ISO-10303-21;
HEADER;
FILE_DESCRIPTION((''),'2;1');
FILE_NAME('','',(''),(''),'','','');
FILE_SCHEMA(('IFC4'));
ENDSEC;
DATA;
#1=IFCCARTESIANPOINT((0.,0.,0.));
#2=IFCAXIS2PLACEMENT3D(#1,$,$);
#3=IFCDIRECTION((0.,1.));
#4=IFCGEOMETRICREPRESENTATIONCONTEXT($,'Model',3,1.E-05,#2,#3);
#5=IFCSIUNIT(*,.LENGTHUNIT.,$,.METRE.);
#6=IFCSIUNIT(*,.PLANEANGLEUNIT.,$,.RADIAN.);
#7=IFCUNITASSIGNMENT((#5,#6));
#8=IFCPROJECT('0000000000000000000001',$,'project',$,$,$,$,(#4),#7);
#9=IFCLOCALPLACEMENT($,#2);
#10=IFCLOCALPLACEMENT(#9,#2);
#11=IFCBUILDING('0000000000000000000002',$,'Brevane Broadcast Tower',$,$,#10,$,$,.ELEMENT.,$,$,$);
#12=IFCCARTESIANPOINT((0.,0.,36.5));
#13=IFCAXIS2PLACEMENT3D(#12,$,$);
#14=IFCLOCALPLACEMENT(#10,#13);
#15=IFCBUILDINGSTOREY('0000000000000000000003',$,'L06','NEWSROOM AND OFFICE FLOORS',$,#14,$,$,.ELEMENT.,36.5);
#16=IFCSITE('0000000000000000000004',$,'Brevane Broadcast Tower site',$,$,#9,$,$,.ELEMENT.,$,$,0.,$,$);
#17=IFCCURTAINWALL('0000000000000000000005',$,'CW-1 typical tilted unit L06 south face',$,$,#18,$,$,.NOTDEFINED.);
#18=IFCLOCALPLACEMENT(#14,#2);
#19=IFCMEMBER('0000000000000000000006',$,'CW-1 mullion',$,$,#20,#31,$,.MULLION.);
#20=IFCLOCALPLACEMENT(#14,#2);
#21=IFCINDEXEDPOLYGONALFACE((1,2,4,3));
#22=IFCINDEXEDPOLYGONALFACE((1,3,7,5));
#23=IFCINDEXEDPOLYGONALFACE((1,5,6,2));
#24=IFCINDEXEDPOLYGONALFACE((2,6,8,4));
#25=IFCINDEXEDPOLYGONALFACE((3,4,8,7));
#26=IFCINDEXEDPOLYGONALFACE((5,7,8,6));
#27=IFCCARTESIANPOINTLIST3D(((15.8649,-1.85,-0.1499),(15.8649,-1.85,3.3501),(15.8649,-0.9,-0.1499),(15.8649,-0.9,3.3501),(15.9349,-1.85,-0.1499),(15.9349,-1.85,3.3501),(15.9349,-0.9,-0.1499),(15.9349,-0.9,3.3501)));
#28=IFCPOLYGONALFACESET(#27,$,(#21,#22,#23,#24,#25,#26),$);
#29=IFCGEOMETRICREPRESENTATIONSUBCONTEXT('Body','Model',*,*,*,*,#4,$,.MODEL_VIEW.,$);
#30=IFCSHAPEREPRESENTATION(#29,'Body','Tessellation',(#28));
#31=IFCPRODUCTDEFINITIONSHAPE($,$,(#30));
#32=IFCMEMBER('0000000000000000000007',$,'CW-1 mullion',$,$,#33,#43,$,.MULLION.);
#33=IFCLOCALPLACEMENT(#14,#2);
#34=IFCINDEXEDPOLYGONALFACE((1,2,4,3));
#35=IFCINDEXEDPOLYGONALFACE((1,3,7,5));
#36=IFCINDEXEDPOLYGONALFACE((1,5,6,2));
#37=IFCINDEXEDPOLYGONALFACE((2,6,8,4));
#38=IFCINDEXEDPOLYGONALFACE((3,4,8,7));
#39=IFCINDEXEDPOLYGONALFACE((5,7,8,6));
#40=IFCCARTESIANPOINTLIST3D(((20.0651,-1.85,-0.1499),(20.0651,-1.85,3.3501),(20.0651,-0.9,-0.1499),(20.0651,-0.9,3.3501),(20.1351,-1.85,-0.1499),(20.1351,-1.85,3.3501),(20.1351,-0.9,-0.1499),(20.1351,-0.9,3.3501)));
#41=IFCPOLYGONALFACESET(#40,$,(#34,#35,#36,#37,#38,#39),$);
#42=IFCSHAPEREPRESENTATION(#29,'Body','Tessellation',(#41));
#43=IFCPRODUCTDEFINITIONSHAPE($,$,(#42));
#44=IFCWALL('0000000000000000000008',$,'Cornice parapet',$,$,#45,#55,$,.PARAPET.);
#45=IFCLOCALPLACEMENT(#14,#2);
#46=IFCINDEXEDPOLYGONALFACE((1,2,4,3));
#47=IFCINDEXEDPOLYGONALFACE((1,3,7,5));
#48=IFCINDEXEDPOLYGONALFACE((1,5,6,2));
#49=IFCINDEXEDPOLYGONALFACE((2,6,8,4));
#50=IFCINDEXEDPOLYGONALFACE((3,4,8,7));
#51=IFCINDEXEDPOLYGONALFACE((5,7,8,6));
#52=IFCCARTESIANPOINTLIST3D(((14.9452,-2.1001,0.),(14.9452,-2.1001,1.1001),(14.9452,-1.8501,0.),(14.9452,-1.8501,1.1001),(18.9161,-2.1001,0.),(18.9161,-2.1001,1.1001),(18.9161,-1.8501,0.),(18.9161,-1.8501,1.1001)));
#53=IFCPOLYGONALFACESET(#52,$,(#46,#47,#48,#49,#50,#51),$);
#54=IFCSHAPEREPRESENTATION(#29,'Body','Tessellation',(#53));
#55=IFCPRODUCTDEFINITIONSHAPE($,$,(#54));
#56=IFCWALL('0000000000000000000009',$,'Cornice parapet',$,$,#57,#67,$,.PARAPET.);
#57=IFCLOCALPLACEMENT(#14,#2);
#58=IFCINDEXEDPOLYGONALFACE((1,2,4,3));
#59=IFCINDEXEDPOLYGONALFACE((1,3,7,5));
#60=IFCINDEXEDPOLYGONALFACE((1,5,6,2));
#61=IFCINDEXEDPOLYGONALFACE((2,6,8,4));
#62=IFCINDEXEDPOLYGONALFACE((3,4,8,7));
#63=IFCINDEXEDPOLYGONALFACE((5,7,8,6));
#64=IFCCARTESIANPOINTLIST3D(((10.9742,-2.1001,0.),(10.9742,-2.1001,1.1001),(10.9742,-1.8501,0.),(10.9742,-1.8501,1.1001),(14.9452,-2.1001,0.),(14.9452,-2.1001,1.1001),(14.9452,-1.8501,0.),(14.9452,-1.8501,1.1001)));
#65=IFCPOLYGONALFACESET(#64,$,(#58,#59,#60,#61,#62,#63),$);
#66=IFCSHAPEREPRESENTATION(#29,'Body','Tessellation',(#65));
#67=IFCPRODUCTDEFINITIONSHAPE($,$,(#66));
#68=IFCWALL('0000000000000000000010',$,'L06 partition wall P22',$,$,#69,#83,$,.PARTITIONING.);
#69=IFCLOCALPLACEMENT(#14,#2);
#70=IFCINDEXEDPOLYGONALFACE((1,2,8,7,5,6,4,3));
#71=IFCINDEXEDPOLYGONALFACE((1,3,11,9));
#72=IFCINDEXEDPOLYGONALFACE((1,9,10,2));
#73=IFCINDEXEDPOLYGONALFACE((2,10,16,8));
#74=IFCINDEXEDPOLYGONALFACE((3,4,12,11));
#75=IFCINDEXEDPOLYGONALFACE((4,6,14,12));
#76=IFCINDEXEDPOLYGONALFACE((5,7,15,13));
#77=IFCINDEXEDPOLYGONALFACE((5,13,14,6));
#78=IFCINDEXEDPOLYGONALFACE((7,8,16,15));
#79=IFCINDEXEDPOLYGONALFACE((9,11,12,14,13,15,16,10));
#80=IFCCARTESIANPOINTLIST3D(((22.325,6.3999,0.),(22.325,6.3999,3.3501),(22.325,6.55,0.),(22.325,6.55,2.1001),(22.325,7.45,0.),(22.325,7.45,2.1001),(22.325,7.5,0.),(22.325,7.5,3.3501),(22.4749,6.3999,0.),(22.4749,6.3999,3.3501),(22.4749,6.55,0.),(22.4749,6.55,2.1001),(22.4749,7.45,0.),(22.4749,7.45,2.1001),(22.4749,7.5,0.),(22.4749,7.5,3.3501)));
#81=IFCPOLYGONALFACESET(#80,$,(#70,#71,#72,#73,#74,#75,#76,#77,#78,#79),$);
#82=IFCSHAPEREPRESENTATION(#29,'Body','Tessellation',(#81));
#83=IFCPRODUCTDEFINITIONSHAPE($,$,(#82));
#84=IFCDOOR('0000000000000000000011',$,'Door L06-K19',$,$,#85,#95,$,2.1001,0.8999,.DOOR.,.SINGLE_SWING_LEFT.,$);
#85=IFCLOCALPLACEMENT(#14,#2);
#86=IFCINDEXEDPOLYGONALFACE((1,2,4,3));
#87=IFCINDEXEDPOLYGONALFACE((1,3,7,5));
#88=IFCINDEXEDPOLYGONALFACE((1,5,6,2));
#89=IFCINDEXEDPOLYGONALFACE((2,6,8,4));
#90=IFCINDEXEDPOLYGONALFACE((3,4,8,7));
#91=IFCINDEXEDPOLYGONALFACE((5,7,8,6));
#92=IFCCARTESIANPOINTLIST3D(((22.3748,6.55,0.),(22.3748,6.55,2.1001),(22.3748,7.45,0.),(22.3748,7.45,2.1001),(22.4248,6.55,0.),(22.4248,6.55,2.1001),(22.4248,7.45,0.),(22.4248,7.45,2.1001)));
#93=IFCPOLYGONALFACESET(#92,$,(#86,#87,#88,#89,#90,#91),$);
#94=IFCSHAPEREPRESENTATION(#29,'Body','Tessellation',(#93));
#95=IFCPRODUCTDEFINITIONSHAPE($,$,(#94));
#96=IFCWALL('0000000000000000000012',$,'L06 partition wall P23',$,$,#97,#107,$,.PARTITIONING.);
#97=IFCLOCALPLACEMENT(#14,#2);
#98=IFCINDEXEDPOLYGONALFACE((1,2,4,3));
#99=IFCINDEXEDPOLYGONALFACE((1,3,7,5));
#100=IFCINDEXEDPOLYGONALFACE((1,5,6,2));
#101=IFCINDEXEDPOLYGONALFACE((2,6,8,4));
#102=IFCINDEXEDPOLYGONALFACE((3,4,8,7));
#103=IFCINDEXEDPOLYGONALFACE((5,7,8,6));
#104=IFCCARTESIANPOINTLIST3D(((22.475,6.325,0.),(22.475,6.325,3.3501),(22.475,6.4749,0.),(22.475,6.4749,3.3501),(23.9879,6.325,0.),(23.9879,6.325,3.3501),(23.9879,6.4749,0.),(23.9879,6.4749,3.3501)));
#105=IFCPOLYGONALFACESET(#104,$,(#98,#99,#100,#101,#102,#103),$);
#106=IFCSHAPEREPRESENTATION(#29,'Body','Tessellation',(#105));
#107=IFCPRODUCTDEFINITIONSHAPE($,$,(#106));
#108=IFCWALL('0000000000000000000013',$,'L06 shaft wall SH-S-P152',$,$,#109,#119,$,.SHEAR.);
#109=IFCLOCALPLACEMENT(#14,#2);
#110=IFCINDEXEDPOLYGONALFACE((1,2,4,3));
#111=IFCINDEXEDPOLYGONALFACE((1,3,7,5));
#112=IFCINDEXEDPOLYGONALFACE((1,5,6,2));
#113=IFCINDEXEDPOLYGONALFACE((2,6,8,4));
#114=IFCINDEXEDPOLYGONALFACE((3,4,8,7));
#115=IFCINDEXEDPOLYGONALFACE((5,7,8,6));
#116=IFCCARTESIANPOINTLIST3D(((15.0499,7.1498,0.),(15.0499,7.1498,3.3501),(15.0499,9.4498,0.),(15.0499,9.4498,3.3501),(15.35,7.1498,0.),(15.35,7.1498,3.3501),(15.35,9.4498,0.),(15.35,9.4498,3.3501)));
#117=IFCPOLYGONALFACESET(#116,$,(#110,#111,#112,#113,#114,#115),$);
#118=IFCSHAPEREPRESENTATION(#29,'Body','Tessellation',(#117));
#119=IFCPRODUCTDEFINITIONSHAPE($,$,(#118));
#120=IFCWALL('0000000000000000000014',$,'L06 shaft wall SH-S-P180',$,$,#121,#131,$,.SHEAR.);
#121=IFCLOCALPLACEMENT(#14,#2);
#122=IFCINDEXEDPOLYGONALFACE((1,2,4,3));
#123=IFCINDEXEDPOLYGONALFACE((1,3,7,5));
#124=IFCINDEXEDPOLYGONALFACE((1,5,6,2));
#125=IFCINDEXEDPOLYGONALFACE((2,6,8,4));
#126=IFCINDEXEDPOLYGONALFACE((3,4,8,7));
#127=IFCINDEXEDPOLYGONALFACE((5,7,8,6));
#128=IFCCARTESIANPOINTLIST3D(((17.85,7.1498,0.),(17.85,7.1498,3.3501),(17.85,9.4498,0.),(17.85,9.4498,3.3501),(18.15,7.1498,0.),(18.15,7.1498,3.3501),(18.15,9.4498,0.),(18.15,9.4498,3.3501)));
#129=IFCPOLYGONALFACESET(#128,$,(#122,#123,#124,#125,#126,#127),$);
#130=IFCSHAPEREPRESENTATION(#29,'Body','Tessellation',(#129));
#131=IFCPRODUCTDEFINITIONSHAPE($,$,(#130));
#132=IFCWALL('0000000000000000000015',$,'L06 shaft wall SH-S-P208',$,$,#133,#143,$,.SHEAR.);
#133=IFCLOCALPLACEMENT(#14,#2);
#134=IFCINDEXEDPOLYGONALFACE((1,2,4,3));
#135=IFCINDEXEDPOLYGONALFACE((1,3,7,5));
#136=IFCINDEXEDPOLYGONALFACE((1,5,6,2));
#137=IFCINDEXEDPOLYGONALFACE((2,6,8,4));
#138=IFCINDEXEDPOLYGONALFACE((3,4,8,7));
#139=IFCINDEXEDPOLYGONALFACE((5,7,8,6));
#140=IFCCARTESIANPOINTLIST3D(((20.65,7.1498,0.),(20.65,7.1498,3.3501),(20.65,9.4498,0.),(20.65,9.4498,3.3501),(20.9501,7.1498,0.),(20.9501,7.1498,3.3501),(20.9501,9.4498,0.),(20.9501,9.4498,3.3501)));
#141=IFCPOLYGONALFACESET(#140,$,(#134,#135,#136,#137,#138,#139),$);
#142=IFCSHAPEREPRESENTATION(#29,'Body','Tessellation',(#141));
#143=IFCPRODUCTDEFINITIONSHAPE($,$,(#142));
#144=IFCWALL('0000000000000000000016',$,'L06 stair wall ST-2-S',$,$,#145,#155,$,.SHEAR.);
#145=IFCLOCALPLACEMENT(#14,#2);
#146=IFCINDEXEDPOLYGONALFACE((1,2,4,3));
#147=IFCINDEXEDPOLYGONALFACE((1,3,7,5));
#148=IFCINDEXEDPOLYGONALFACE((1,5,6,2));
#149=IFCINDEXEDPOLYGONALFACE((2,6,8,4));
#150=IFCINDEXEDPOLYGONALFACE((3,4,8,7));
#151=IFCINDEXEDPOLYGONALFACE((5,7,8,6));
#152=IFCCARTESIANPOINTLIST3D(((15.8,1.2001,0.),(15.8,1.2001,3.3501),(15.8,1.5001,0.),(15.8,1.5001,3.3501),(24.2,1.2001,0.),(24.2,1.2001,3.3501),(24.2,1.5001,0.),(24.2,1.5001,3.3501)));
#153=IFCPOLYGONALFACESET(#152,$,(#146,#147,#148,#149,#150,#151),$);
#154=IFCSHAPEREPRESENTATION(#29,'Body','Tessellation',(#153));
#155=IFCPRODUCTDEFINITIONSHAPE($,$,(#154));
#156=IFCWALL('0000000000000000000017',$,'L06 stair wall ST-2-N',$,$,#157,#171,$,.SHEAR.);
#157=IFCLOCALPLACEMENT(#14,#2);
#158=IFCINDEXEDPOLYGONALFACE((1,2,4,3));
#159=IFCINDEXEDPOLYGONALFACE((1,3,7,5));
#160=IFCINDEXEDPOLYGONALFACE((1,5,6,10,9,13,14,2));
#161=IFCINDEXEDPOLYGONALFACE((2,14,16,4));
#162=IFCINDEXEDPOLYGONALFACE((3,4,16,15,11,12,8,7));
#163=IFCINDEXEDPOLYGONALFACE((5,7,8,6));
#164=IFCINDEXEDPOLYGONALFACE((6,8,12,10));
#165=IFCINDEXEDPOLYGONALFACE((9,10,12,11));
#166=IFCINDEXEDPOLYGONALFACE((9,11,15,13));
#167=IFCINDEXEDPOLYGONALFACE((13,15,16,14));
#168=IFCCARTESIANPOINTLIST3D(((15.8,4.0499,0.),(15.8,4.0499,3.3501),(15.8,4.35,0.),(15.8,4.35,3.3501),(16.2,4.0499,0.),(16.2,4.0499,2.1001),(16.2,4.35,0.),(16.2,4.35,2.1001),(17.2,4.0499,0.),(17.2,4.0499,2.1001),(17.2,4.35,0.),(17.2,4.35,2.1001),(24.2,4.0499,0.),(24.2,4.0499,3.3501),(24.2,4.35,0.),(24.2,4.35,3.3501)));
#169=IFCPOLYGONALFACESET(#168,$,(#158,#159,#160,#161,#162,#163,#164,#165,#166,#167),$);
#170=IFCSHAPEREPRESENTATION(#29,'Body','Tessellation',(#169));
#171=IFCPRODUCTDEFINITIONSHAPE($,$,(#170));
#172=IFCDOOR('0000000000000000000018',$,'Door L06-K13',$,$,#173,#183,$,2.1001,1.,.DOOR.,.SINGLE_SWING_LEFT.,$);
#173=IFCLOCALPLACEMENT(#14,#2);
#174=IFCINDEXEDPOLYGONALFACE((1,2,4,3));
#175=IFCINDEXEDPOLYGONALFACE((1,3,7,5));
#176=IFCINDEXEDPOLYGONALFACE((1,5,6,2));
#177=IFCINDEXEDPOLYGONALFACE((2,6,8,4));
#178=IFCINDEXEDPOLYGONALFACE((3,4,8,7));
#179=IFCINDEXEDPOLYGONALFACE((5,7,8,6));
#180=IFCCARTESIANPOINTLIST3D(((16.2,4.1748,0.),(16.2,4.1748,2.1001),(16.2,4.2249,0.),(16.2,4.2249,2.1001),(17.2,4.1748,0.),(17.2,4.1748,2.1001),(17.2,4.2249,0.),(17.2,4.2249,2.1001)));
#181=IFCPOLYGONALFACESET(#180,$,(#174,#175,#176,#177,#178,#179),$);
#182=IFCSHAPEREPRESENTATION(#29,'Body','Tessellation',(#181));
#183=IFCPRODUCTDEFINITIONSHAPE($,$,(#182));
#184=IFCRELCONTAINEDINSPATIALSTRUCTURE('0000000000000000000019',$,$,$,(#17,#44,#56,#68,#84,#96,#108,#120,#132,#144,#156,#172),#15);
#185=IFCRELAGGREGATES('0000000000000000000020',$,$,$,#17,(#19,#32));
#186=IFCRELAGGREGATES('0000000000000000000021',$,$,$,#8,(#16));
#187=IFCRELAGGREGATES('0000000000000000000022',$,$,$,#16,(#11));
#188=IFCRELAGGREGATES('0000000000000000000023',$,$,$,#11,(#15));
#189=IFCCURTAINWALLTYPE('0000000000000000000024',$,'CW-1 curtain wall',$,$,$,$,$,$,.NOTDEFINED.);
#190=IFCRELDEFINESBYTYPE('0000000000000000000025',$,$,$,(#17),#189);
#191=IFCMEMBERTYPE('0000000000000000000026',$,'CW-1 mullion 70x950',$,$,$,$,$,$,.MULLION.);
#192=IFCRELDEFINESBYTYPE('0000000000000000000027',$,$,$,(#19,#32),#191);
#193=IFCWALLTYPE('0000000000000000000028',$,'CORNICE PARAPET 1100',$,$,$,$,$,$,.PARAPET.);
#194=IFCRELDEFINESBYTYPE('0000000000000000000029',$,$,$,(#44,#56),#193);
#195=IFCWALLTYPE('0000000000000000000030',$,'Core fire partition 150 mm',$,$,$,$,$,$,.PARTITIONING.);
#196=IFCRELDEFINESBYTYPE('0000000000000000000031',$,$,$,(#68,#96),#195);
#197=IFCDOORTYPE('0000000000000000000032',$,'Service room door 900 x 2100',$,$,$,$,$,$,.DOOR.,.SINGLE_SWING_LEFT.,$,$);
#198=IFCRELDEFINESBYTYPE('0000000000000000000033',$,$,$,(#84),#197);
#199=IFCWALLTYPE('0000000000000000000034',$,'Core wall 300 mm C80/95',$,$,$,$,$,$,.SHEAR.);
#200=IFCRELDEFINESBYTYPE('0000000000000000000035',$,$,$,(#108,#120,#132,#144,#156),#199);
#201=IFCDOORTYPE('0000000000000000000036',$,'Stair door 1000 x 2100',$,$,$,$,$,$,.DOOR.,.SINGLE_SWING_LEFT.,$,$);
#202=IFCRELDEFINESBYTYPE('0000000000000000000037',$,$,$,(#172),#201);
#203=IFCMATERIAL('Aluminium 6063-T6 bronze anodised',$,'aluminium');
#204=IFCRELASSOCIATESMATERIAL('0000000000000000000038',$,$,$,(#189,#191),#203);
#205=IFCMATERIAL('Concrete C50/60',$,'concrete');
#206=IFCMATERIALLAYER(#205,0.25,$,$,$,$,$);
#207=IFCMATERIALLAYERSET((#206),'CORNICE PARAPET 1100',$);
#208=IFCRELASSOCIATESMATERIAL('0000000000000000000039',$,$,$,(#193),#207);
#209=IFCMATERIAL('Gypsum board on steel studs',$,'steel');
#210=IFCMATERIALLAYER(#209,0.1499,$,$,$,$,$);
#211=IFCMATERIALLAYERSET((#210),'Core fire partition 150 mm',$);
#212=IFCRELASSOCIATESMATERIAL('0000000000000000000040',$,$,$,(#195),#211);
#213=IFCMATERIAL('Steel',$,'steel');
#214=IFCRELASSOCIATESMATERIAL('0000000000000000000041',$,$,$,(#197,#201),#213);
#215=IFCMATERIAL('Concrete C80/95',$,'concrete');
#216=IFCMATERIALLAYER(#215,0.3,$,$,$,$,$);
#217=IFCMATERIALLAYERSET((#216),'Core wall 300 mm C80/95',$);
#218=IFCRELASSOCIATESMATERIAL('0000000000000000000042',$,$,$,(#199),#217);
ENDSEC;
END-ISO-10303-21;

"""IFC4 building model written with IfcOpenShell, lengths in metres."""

from ifc_helpers import new_model, si_unit, direction, frame, frame_2d, origin, origin_2d, place, context, subcontext, project, spatial, rectangle, extrude, material, layer, layer_set, material_profile, profile_set, type_object, element, fill, aggregate, save


model = new_model("IFC4")

# Units and contexts
model_context = context("Model", 3, precision=1e-05, world=origin(), true_north=direction((0.0, 1.0)))
body_context = subcontext(model_context, "Body", "Model", "MODEL_VIEW")
ifc_project = project(units=[si_unit("LENGTHUNIT", "METRE"), si_unit("PLANEANGLEUNIT", "RADIAN")], contexts=[model_context])

# Site, building, storey
site_placement = place(None, origin())
site = spatial("IfcSite", under=ifc_project, at=site_placement, Name="Brevane Broadcast Tower site", CompositionType="ELEMENT", RefElevation=0.0)
building_placement = place(site_placement, origin())
building = spatial("IfcBuilding", under=site, at=building_placement, Name="Brevane Broadcast Tower", CompositionType="ELEMENT")
storey_placement = place(building_placement, frame((0.0, 0.0, 36.5)))
storey = spatial("IfcBuildingStorey", under=building, at=storey_placement, Name="L06", Description="NEWSROOM AND OFFICE FLOORS", CompositionType="ELEMENT", Elevation=36.5)

# Curtain wall, members
ifc_material_1 = material(Name="Aluminium 6063-T6 bronze anodised", Category="aluminium")
curtain_wall_type = type_object("IfcCurtainWallType", Name="CW-1 curtain wall", PredefinedType="NOTDEFINED", material=ifc_material_1)
curtain_wall_placement = place(storey_placement, origin())
curtain_wall = element("IfcCurtainWall", 1, at=curtain_wall_placement, inside=storey, type_object=curtain_wall_type, Name="CW-1 typical tilted unit L06 south face", PredefinedType="NOTDEFINED")
ifc_material_profile = material_profile(ifc_material_1, rectangle(XDim=0.95, YDim=0.0701, at=origin_2d()), Name="RECT 70x950")
ifc_profile_set = profile_set([ifc_material_profile], Name="Aluminium 6063-T6 bronze anodised")
member_type = type_object("IfcMemberType", Name="CW-1 mullion 70x950", PredefinedType="MULLION", material=ifc_profile_set)
member_1_placement = place(storey_placement, frame((15.8999, -1.375, -0.1499), z_axis=(0.0, 0.0, 1.0), x_axis=(0.0, 1.0, 0.0)))
member_1 = element("IfcMember", 2, at=member_1_placement, type_object=member_type, Name="CW-1 mullion", PredefinedType="MULLION", context=body_context, shape_type="SweptSolid", body=[
    extrude(rectangle(XDim=0.95, YDim=0.0701, at=origin_2d()), origin(), (0.0, 0.0, 1.0), 3.5),
])
member_2_placement = place(storey_placement, frame((20.1001, -1.375, -0.1499), z_axis=(0.0, 0.0, 1.0), x_axis=(0.0, 1.0, 0.0)))
member_2 = element("IfcMember", 3, at=member_2_placement, type_object=member_type, Name="CW-1 mullion", PredefinedType="MULLION", context=body_context, shape_type="SweptSolid", body=[
    extrude(rectangle(XDim=0.95, YDim=0.0701, at=origin_2d()), origin(), (0.0, 0.0, 1.0), 3.5),
])
aggregate(curtain_wall, [member_1, member_2])

# Walls
ifc_material_2 = material(Name="Concrete C50/60", Category="concrete")
ifc_layer_1 = layer(ifc_material_2, 0.25)
ifc_layer_set_1 = layer_set([ifc_layer_1], Name="CORNICE PARAPET 1100")
wall_type_1 = type_object("IfcWallType", Name="CORNICE PARAPET 1100", PredefinedType="PARAPET", material=ifc_layer_set_1)
for number, where, z_axis, x_axis, name in (
    (4, (18.916, -1.9751, 0.0), (0.0, 0.0, 1.0), (-1.0, 0.0, 0.0), "Cornice parapet"),
    (5, (14.9451, -1.9751, 0.0), (0.0, 0.0, 1.0), (-1.0, 0.0, 0.0), "Cornice parapet"),
):
    element("IfcWall", number, at=place(storey_placement, frame(where, z_axis=z_axis, x_axis=x_axis)), inside=storey, type_object=wall_type_1, Name=name, PredefinedType="PARAPET", context=body_context, shape_type="SweptSolid", body=[
        extrude(rectangle(XDim=3.9709, YDim=0.25, at=frame_2d((1.9854, 0.0))), origin(), (0.0, 0.0, 1.0), 1.1001),
    ])

# Wall, opening, door
ifc_material_3 = material(Name="Gypsum board on steel studs", Category="steel")
ifc_layer_2 = layer(ifc_material_3, 0.1499)
ifc_layer_set_2 = layer_set([ifc_layer_2], Name="Core fire partition 150 mm")
wall_type_2 = type_object("IfcWallType", Name="Core fire partition 150 mm", PredefinedType="PARTITIONING", material=ifc_layer_set_2)
wall_1_placement = place(storey_placement, frame((22.3999, 7.5, 0.0), z_axis=(0.0, 0.0, 1.0), x_axis=(0.0, -1.0, 0.0)))
wall_1 = element("IfcWall", 6, at=wall_1_placement, inside=storey, type_object=wall_type_2, Name="L06 partition wall P22", PredefinedType="PARTITIONING", context=body_context, shape_type="SweptSolid", body=[
    extrude(rectangle(XDim=1.1001, YDim=0.1499, at=frame_2d((0.55, 0.0))), origin(), (0.0, 0.0, 1.0), 3.3501),
])
opening_1_placement = place(wall_1_placement, frame((0.05, 0.0, 0.0)))
opening_1 = element("IfcOpeningElement", 7, at=opening_1_placement, cuts=wall_1, PredefinedType="OPENING", context=body_context, shape_type="SweptSolid", body=[
    extrude(rectangle(XDim=0.8999, YDim=2.1001, at=frame_2d((0.45, 1.05))), frame((0.0, 0.085, 0.0), z_axis=(0.0, -1.0, 0.0), x_axis=(1.0, 0.0, 0.0)), (0.0, 0.0, 1.0), 0.1699),
])
ifc_material_4 = material(Name="Steel", Category="steel")
door_type_1 = type_object("IfcDoorType", Name="Service room door 900 x 2100", OperationType="SINGLE_SWING_LEFT", PredefinedType="DOOR", material=ifc_material_4)
door_1_placement = place(opening_1_placement, origin())
door_1 = element("IfcDoor", 8, at=door_1_placement, inside=storey, type_object=door_type_1, Name="Door L06-K19", OperationType="SINGLE_SWING_LEFT", OverallHeight=2.1001, OverallWidth=0.8999, PredefinedType="DOOR", context=body_context, shape_type="SweptSolid", body=[
    extrude(rectangle(XDim=0.8999, YDim=2.1001, at=frame_2d((0.45, 1.05))), frame((0.0, 0.0249, 0.0), z_axis=(0.0, -1.0, 0.0), x_axis=(1.0, 0.0, 0.0)), (0.0, 0.0, 1.0), 0.05),
])
fill(opening_1, door_1)

# Walls
wall_2_placement = place(storey_placement, frame((22.4751, 6.3999, 0.0), z_axis=(0.0, 0.0, 1.0), x_axis=(1.0, 0.0, 0.0)))
element("IfcWall", 9, at=wall_2_placement, inside=storey, type_object=wall_type_2, Name="L06 partition wall P23", PredefinedType="PARTITIONING", context=body_context, shape_type="SweptSolid", body=[
    extrude(rectangle(XDim=1.5129, YDim=0.1499, at=frame_2d((0.7563, 0.0))), origin(), (0.0, 0.0, 1.0), 3.3501),
])
ifc_material_5 = material(Name="Concrete C80/95", Category="concrete")
ifc_layer_3 = layer(ifc_material_5, 0.3)
ifc_layer_set_3 = layer_set([ifc_layer_3], Name="Core wall 300 mm C80/95")
wall_type_3 = type_object("IfcWallType", Name="Core wall 300 mm C80/95", PredefinedType="SHEAR", material=ifc_layer_set_3)
for number, where, z_axis, x_axis, name in (
    (10, (15.2, 7.1499, 0.0), (0.0, 0.0, 1.0), (0.0, 1.0, 0.0), "L06 shaft wall SH-S-P152"),
    (11, (18.0, 7.1499, 0.0), (0.0, 0.0, 1.0), (0.0, 1.0, 0.0), "L06 shaft wall SH-S-P180"),
    (12, (20.8, 7.1499, 0.0), (0.0, 0.0, 1.0), (0.0, 1.0, 0.0), "L06 shaft wall SH-S-P208"),
):
    element("IfcWall", number, at=place(storey_placement, frame(where, z_axis=z_axis, x_axis=x_axis)), inside=storey, type_object=wall_type_3, Name=name, PredefinedType="SHEAR", context=body_context, shape_type="SweptSolid", body=[
        extrude(rectangle(XDim=2.3, YDim=0.3, at=frame_2d((1.1499, 0.0))), origin(), (0.0, 0.0, 1.0), 3.3501),
    ])
wall_3_placement = place(storey_placement, frame((15.8, 1.3501, 0.0), z_axis=(0.0, 0.0, 1.0), x_axis=(1.0, 0.0, 0.0)))
element("IfcWall", 13, at=wall_3_placement, inside=storey, type_object=wall_type_3, Name="L06 stair wall ST-2-S", PredefinedType="SHEAR", context=body_context, shape_type="SweptSolid", body=[
    extrude(rectangle(XDim=8.3999, YDim=0.3, at=frame_2d((4.2, 0.0))), origin(), (0.0, 0.0, 1.0), 3.3501),
])

# Wall, opening, door
wall_4_placement = place(storey_placement, frame((15.8, 4.2, 0.0), z_axis=(0.0, 0.0, 1.0), x_axis=(1.0, 0.0, 0.0)))
wall_4 = element("IfcWall", 14, at=wall_4_placement, inside=storey, type_object=wall_type_3, Name="L06 stair wall ST-2-N", PredefinedType="SHEAR", context=body_context, shape_type="SweptSolid", body=[
    extrude(rectangle(XDim=8.3999, YDim=0.3, at=frame_2d((4.2, 0.0))), origin(), (0.0, 0.0, 1.0), 3.3501),
])
opening_2_placement = place(wall_4_placement, frame((0.3999, 0.0, 0.0)))
opening_2 = element("IfcOpeningElement", 15, at=opening_2_placement, cuts=wall_4, PredefinedType="OPENING", context=body_context, shape_type="SweptSolid", body=[
    extrude(rectangle(XDim=1.0, YDim=2.1001, at=frame_2d((0.5, 1.05))), frame((0.0, 0.1599, 0.0), z_axis=(0.0, -1.0, 0.0), x_axis=(1.0, 0.0, 0.0)), (0.0, 0.0, 1.0), 0.3201),
])
door_type_2 = type_object("IfcDoorType", Name="Stair door 1000 x 2100", OperationType="SINGLE_SWING_LEFT", PredefinedType="DOOR", material=ifc_material_4)
door_2_placement = place(opening_2_placement, origin())
door_2 = element("IfcDoor", 16, at=door_2_placement, inside=storey, type_object=door_type_2, Name="Door L06-K13", OperationType="SINGLE_SWING_LEFT", OverallHeight=2.1001, OverallWidth=1.0, PredefinedType="DOOR", context=body_context, shape_type="SweptSolid", body=[
    extrude(rectangle(XDim=1.0, YDim=2.1001, at=frame_2d((0.5, 1.05))), frame((0.0, 0.0249, 0.0), z_axis=(0.0, -1.0, 0.0), x_axis=(1.0, 0.0, 0.0)), (0.0, 0.0, 1.0), 0.05),
])
fill(opening_2, door_2)

save(model, "model.ifc")
